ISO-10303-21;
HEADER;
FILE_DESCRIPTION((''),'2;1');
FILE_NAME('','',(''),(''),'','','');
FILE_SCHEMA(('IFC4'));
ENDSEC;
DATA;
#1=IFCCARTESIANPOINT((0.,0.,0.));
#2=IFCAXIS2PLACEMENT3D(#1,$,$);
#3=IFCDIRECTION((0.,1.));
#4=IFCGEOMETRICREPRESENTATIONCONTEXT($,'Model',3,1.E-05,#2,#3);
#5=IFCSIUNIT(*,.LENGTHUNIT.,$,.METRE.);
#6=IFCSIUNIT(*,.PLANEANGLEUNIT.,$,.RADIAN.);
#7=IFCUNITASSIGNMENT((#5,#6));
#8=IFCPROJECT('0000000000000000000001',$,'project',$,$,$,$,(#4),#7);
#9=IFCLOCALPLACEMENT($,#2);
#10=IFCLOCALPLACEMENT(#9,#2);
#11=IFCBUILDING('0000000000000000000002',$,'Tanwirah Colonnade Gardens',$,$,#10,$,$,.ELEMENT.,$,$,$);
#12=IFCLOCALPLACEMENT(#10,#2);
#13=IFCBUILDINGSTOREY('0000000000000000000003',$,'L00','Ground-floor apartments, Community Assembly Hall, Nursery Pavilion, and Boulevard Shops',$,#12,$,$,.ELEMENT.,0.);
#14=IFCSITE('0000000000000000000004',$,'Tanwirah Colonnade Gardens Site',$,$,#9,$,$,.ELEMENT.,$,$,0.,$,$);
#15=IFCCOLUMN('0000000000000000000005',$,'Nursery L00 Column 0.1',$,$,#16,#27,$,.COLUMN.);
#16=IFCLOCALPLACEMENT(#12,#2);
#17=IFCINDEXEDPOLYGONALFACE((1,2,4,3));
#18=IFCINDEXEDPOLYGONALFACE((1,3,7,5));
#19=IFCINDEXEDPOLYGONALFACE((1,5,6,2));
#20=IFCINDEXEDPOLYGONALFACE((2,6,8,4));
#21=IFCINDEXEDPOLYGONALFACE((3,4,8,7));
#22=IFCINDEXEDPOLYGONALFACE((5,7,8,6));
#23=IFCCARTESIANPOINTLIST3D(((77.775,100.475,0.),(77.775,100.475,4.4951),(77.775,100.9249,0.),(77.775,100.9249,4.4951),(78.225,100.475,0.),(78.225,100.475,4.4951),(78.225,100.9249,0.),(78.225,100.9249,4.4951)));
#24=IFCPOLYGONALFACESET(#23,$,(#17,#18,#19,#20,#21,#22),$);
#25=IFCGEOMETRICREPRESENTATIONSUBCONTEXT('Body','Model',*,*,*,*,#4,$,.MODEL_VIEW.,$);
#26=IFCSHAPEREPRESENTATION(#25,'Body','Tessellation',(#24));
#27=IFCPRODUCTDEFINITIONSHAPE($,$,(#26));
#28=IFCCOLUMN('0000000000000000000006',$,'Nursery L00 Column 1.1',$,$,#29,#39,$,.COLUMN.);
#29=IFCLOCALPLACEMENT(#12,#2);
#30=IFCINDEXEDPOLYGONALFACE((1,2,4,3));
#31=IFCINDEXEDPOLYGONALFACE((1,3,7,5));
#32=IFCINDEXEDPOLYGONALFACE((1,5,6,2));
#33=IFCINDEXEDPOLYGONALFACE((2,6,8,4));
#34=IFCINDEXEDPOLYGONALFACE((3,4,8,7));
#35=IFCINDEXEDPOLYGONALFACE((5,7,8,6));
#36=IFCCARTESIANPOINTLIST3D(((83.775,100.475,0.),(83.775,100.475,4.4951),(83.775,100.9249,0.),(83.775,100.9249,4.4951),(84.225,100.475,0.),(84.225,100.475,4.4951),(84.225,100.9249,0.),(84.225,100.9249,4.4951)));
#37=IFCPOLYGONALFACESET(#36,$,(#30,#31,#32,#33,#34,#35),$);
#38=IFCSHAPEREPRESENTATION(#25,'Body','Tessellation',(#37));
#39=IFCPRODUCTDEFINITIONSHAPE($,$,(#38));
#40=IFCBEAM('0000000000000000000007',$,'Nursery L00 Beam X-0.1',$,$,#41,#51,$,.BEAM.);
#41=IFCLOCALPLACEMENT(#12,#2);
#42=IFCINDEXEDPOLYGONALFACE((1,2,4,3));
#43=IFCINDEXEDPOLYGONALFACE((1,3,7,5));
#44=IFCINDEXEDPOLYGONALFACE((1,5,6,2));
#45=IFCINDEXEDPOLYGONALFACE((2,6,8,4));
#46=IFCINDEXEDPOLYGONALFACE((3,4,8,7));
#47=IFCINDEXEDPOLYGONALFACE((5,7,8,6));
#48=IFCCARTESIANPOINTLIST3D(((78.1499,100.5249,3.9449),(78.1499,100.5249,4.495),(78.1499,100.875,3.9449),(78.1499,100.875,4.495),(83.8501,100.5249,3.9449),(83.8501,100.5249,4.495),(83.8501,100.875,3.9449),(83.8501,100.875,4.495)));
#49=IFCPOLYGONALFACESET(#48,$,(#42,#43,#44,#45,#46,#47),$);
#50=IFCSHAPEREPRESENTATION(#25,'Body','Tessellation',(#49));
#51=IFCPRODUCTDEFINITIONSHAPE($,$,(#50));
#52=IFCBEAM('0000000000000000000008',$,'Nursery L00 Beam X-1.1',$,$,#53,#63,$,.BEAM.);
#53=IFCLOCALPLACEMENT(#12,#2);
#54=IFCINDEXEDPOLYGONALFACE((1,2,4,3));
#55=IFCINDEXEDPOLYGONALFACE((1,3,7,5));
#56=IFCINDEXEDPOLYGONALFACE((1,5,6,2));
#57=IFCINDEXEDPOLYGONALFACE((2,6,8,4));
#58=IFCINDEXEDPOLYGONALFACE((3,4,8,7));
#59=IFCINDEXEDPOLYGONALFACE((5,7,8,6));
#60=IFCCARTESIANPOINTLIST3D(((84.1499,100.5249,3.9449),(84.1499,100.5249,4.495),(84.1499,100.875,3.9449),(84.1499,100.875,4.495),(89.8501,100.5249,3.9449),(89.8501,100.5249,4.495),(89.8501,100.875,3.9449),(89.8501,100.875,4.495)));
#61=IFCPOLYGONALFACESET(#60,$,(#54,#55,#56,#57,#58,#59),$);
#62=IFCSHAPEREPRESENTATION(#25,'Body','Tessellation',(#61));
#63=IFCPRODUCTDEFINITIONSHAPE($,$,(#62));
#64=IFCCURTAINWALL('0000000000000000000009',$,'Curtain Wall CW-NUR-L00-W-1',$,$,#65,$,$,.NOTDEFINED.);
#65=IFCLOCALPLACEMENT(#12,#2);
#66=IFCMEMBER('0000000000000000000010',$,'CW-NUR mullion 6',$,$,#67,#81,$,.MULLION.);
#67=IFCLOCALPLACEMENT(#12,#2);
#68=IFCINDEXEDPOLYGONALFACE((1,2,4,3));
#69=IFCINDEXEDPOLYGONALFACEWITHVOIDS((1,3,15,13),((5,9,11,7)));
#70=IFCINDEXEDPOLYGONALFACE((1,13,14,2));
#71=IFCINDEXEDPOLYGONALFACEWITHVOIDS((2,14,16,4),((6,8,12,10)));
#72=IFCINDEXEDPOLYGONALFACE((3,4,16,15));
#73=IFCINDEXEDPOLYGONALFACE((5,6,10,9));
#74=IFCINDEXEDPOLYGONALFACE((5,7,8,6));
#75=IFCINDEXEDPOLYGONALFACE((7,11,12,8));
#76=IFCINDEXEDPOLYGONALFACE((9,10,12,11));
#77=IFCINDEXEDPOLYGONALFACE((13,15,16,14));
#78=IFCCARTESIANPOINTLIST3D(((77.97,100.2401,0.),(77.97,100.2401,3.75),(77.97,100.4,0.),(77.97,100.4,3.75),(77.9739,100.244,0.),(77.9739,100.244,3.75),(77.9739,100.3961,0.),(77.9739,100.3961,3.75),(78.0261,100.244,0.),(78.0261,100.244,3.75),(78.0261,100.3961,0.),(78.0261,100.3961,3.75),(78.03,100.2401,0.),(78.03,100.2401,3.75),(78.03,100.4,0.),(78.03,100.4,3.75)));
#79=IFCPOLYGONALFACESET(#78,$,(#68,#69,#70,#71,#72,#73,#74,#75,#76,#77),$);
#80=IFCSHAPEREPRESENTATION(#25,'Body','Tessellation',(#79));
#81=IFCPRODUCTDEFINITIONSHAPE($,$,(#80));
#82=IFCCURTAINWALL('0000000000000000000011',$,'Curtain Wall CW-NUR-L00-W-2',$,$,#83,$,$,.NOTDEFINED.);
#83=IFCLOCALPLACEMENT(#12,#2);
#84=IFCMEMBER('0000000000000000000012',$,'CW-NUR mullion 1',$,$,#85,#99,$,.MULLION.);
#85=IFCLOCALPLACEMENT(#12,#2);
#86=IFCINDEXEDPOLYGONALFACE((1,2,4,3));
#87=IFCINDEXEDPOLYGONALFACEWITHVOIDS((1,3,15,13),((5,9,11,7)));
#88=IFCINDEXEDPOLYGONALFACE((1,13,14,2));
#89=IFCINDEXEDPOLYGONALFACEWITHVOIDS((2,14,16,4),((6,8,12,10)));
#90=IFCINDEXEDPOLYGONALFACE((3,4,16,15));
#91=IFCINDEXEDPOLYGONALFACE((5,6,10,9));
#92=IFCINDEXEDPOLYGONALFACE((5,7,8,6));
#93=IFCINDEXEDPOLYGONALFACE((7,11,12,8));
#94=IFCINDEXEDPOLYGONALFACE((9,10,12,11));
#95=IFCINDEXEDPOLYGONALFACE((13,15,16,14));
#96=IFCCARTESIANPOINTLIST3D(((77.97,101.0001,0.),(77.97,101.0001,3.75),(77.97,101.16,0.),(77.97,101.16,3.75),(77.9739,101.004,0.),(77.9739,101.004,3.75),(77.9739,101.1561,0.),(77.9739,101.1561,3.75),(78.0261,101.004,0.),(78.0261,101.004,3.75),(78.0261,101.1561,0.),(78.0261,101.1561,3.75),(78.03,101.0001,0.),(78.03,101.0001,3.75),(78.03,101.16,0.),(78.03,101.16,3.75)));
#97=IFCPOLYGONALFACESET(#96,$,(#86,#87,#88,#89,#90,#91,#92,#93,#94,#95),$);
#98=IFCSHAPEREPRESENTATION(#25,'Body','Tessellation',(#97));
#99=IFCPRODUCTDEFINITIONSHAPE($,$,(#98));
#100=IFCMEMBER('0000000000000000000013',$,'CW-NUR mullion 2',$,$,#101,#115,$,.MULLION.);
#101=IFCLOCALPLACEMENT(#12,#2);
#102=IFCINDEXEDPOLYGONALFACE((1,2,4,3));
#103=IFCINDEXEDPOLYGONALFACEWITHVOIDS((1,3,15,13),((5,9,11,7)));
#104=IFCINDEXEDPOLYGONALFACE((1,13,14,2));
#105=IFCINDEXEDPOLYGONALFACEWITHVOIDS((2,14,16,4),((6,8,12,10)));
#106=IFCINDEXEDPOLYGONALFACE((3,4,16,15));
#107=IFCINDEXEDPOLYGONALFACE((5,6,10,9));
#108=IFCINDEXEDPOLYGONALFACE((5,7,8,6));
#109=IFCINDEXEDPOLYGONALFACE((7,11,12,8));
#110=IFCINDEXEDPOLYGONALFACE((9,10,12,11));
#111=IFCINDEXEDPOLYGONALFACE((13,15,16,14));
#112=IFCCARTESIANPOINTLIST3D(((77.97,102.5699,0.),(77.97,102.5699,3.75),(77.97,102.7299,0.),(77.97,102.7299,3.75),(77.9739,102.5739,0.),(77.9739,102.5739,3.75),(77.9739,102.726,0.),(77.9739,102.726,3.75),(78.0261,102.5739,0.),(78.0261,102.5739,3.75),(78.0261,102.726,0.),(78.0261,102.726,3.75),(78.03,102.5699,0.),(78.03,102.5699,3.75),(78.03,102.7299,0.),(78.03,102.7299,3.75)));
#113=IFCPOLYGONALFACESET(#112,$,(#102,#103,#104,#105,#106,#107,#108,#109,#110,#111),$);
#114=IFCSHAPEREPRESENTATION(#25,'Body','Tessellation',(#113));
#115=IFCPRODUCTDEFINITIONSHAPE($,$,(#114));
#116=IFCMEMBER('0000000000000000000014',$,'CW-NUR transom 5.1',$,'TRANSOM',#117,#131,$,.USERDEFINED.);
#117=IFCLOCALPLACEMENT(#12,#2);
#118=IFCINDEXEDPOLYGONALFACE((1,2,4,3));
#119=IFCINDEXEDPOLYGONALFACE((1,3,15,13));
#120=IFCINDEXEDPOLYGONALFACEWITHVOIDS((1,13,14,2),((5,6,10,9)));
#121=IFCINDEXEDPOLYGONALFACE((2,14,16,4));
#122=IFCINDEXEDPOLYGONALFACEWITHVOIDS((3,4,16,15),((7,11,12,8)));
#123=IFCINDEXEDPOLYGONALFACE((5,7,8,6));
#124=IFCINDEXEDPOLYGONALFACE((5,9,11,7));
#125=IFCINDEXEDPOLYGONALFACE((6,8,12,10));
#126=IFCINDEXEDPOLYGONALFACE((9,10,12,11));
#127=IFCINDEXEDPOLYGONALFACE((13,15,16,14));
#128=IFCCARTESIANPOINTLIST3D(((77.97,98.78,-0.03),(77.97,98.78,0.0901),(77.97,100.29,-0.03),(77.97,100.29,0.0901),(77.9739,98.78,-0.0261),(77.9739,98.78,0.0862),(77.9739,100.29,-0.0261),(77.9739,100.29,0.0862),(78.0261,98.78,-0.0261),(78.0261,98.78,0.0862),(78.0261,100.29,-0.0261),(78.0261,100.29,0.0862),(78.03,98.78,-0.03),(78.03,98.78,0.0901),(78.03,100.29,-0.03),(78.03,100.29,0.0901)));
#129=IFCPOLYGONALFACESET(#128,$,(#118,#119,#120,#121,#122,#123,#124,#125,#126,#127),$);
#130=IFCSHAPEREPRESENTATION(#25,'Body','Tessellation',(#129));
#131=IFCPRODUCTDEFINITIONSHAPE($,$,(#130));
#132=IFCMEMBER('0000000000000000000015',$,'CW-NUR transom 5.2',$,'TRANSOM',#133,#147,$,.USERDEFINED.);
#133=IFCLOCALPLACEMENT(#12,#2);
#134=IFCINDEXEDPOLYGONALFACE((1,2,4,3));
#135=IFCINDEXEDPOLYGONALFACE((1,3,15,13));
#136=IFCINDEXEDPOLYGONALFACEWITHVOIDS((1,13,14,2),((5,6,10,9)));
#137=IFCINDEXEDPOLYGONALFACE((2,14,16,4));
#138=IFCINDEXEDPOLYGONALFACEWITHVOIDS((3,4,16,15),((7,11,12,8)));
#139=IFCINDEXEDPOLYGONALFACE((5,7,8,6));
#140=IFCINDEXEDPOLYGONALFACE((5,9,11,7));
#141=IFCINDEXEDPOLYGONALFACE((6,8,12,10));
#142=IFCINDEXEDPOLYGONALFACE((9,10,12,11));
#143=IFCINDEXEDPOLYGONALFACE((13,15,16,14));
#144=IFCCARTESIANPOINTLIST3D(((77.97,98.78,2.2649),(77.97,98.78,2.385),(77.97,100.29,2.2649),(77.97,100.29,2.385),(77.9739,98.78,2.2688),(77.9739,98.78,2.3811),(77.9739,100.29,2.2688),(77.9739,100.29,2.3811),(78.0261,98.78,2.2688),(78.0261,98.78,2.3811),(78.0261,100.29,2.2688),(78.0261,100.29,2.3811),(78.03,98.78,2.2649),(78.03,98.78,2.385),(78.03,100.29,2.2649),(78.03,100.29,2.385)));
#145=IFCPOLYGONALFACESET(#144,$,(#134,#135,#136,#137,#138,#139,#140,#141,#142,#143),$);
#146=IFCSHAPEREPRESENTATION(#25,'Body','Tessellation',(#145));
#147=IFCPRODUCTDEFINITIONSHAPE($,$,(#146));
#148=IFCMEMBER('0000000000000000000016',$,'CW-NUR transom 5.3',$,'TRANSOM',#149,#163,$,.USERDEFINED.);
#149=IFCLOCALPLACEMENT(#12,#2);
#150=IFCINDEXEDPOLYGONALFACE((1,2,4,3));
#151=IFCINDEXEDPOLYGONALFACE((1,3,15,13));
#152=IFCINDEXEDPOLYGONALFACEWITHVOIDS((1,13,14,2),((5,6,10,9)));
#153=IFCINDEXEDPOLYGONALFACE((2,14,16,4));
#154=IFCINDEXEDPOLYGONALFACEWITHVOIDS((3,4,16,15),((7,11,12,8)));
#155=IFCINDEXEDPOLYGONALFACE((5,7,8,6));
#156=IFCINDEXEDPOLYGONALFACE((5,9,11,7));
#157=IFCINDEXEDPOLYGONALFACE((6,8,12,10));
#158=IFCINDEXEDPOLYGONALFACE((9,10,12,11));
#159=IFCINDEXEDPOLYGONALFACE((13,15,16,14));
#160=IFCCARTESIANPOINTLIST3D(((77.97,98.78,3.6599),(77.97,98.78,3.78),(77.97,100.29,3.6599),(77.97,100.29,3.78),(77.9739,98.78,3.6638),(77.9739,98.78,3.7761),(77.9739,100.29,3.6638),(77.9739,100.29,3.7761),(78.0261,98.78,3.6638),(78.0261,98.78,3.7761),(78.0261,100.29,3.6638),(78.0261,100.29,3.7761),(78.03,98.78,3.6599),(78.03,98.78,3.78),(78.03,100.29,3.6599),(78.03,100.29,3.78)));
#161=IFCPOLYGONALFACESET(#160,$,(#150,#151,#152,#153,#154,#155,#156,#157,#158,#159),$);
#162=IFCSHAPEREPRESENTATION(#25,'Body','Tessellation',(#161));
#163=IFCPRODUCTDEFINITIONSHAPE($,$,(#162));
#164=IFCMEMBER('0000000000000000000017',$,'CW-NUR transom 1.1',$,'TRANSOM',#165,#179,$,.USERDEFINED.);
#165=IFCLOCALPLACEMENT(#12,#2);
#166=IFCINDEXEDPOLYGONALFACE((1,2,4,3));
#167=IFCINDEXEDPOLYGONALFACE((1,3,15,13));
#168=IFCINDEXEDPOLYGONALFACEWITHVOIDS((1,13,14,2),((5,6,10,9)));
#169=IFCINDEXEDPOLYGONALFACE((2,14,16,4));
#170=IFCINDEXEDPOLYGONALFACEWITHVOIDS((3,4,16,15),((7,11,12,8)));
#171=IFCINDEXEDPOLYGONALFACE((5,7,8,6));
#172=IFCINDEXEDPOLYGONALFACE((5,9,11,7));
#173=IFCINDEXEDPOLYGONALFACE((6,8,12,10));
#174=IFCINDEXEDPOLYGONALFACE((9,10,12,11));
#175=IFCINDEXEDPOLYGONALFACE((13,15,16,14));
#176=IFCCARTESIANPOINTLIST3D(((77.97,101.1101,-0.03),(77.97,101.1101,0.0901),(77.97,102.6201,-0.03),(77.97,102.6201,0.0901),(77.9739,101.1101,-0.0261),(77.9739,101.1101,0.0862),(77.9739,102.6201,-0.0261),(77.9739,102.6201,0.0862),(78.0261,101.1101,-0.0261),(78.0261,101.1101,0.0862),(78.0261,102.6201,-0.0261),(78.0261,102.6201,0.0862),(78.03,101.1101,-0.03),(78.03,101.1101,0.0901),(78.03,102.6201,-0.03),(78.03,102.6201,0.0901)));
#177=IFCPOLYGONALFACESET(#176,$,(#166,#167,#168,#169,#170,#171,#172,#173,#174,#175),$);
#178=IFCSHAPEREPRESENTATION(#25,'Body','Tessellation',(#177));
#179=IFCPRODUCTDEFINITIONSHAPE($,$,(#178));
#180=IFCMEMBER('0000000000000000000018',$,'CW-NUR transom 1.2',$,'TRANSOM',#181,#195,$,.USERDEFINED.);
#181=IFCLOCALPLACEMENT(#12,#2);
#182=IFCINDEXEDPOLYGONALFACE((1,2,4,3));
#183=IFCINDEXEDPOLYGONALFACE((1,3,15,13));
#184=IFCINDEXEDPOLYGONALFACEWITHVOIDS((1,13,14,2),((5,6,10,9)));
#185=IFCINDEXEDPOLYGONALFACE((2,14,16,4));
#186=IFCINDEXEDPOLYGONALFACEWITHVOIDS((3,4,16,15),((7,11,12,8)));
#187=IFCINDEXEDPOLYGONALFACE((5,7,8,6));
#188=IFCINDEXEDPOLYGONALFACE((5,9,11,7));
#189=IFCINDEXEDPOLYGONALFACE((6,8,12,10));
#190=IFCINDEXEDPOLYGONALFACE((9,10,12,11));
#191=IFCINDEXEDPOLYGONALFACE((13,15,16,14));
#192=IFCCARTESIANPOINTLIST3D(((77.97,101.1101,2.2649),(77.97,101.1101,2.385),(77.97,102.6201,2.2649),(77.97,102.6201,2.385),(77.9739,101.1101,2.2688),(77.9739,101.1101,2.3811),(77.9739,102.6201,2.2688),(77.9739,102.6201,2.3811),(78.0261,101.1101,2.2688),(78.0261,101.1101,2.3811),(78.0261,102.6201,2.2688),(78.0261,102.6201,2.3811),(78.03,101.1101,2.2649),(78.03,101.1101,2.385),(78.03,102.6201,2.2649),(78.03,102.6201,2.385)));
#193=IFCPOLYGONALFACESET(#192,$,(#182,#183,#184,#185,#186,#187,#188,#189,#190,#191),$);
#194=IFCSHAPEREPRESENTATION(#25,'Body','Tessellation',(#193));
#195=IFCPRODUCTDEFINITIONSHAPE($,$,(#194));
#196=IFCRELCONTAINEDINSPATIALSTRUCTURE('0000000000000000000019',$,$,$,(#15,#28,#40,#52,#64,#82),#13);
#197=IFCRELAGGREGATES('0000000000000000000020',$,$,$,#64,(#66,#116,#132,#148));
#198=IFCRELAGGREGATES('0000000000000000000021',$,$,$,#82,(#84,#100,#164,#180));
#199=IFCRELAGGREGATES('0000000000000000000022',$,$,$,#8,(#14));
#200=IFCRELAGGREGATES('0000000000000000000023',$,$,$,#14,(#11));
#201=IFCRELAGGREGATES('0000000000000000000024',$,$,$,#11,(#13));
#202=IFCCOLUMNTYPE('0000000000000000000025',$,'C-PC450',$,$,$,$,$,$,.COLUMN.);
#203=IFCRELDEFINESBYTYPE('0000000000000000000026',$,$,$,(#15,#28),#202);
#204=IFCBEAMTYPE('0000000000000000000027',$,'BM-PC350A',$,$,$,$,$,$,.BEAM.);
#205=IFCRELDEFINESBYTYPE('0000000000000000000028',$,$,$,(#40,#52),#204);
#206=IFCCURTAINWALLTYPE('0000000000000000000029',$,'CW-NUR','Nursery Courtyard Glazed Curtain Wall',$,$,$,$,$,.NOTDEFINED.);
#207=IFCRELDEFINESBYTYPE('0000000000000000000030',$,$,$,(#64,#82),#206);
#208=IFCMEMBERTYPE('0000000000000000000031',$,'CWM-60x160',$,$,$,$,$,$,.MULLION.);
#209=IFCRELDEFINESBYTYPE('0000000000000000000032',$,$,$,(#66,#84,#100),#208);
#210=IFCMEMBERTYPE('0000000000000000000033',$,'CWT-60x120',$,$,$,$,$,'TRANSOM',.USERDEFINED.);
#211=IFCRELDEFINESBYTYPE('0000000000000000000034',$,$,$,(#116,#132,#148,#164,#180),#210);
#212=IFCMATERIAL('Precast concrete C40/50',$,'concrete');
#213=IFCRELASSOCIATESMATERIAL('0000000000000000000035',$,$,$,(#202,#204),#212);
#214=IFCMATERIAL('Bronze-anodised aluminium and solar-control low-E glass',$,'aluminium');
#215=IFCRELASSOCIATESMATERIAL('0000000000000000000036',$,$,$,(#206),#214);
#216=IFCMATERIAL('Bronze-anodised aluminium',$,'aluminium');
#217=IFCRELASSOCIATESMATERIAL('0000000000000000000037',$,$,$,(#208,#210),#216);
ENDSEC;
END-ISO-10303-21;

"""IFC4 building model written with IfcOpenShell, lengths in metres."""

from ifc_helpers import new_model, si_unit, direction, frame, origin, origin_2d, place, context, subcontext, project, spatial, rectangle, hollow_rectangle, extrude, material, material_profile, profile_set, type_object, element, aggregate, save


model = new_model("IFC4")

# Units and contexts
model_context = context("Model", 3, precision=1e-05, world=origin(), true_north=direction((0.0, 1.0)))
body_context = subcontext(model_context, "Body", "Model", "MODEL_VIEW")
ifc_project = project(units=[si_unit("LENGTHUNIT", "METRE"), si_unit("PLANEANGLEUNIT", "RADIAN")], contexts=[model_context])

# Site, building, storey
site_placement = place(None, origin())
site = spatial("IfcSite", under=ifc_project, at=site_placement, Name="Tanwirah Colonnade Gardens Site", CompositionType="ELEMENT", RefElevation=0.0)
building_placement = place(site_placement, origin())
building = spatial("IfcBuilding", under=site, at=building_placement, Name="Tanwirah Colonnade Gardens", CompositionType="ELEMENT")
storey_placement = place(building_placement, origin())
storey = spatial("IfcBuildingStorey", under=building, at=storey_placement, Name="L00", Description="Ground-floor apartments, Community Assembly Hall, Nursery Pavilion, and Boulevard Shops", CompositionType="ELEMENT", Elevation=0.0)

# Columns
ifc_material_1 = material(Name="Precast concrete C40/50", Category="concrete")
ifc_material_profile_1 = material_profile(ifc_material_1, rectangle(XDim=0.45, YDim=0.45, at=origin_2d()), Name="PC-COL 450x450")
ifc_profile_set_1 = profile_set([ifc_material_profile_1], Name="Precast concrete C40/50")
column_type = type_object("IfcColumnType", Name="C-PC450", PredefinedType="COLUMN", material=ifc_profile_set_1)
for number, where, z_axis, x_axis, name in (
    (1, (78.0, 100.7, 0.0), (0.0, 0.0, 1.0), (1.0, 0.0, 0.0), "Nursery L00 Column 0.1"),
    (2, (84.0, 100.7, 0.0), (0.0, 0.0, 1.0), (1.0, 0.0, 0.0), "Nursery L00 Column 1.1"),
):
    element("IfcColumn", number, at=place(storey_placement, frame(where, z_axis=z_axis, x_axis=x_axis)), inside=storey, type_object=column_type, Name=name, PredefinedType="COLUMN", context=body_context, shape_type="SweptSolid", body=[
        extrude(rectangle(XDim=0.45, YDim=0.45, at=origin_2d()), origin(), (0.0, 0.0, 1.0), 4.4951),
    ])

# Beams
ifc_material_profile_2 = material_profile(ifc_material_1, rectangle(XDim=0.3501, YDim=0.55, at=origin_2d()), Name="PC-BM 350x550")
ifc_profile_set_2 = profile_set([ifc_material_profile_2], Name="Precast concrete C40/50")
beam_type = type_object("IfcBeamType", Name="BM-PC350A", PredefinedType="BEAM", material=ifc_profile_set_2)
for number, where, z_axis, x_axis, name in (
    (3, (78.1499, 100.7, 4.22), (1.0, 0.0, 0.0), (0.0, 1.0, 0.0), "Nursery L00 Beam X-0.1"),
    (4, (84.1499, 100.7, 4.22), (1.0, 0.0, 0.0), (0.0, 1.0, 0.0), "Nursery L00 Beam X-1.1"),
):
    element("IfcBeam", number, at=place(storey_placement, frame(where, z_axis=z_axis, x_axis=x_axis)), inside=storey, type_object=beam_type, Name=name, PredefinedType="BEAM", context=body_context, shape_type="SweptSolid", body=[
        extrude(rectangle(XDim=0.3501, YDim=0.55, at=origin_2d()), origin(), (0.0, 0.0, 1.0), 5.7002),
    ])

# Curtain wall, member
ifc_material_2 = material(Name="Bronze-anodised aluminium and solar-control low-E glass", Category="aluminium")
curtain_wall_type = type_object("IfcCurtainWallType", Name="CW-NUR", Description="Nursery Courtyard Glazed Curtain Wall", PredefinedType="NOTDEFINED", material=ifc_material_2)
curtain_wall_1_placement = place(storey_placement, origin())
curtain_wall_1 = element("IfcCurtainWall", 5, at=curtain_wall_1_placement, inside=storey, type_object=curtain_wall_type, Name="Curtain Wall CW-NUR-L00-W-1", PredefinedType="NOTDEFINED")
ifc_material_3 = material(Name="Bronze-anodised aluminium", Category="aluminium")
ifc_material_profile_3 = material_profile(ifc_material_3, hollow_rectangle(XDim=0.0601, YDim=0.1599, WallThickness=0.0039, at=origin_2d()), Name="CW-MUL 60x160x4")
ifc_profile_set_3 = profile_set([ifc_material_profile_3], Name="Bronze-anodised aluminium")
member_type_1 = type_object("IfcMemberType", Name="CWM-60x160", PredefinedType="MULLION", material=ifc_profile_set_3)
member_1_placement = place(storey_placement, frame((78.0, 100.3201, 0.0), z_axis=(0.0, 0.0, 1.0), x_axis=(-1.0, 0.0, 0.0)))
member_1 = element("IfcMember", 6, at=member_1_placement, type_object=member_type_1, Name="CW-NUR mullion 6", PredefinedType="MULLION", context=body_context, shape_type="SweptSolid", body=[
    extrude(hollow_rectangle(XDim=0.0601, YDim=0.1599, WallThickness=0.0039, at=origin_2d()), origin(), (0.0, 0.0, 1.0), 3.75),
])

# Curtain wall, members
curtain_wall_2_placement = place(storey_placement, origin())
curtain_wall_2 = element("IfcCurtainWall", 7, at=curtain_wall_2_placement, inside=storey, type_object=curtain_wall_type, Name="Curtain Wall CW-NUR-L00-W-2", PredefinedType="NOTDEFINED")
member_2_placement = place(storey_placement, frame((78.0, 101.0801, 0.0), z_axis=(0.0, 0.0, 1.0), x_axis=(-1.0, 0.0, 0.0)))
member_2 = element("IfcMember", 8, at=member_2_placement, type_object=member_type_1, Name="CW-NUR mullion 1", PredefinedType="MULLION", context=body_context, shape_type="SweptSolid", body=[
    extrude(hollow_rectangle(XDim=0.0601, YDim=0.1599, WallThickness=0.0039, at=origin_2d()), origin(), (0.0, 0.0, 1.0), 3.75),
])
member_3_placement = place(storey_placement, frame((78.0, 102.6499, 0.0), z_axis=(0.0, 0.0, 1.0), x_axis=(-1.0, 0.0, 0.0)))
member_3 = element("IfcMember", 9, at=member_3_placement, type_object=member_type_1, Name="CW-NUR mullion 2", PredefinedType="MULLION", context=body_context, shape_type="SweptSolid", body=[
    extrude(hollow_rectangle(XDim=0.0601, YDim=0.1599, WallThickness=0.0039, at=origin_2d()), origin(), (0.0, 0.0, 1.0), 3.75),
])

# Members
ifc_material_profile_4 = material_profile(ifc_material_3, hollow_rectangle(XDim=0.0601, YDim=0.1201, WallThickness=0.0039, at=origin_2d()), Name="CW-TRN 60x120x4")
ifc_profile_set_4 = profile_set([ifc_material_profile_4], Name="Bronze-anodised aluminium")
member_type_2 = type_object("IfcMemberType", Name="CWT-60x120", ElementType="TRANSOM", PredefinedType="USERDEFINED", material=ifc_profile_set_4)
member_4_placement = place(storey_placement, frame((78.0, 98.78, 0.03), z_axis=(0.0, 1.0, 0.0), x_axis=(-1.0, 0.0, 0.0)))
member_4 = element("IfcMember", 10, at=member_4_placement, type_object=member_type_2, Name="CW-NUR transom 5.1", ObjectType="TRANSOM", PredefinedType="USERDEFINED", context=body_context, shape_type="SweptSolid", body=[
    extrude(hollow_rectangle(XDim=0.0601, YDim=0.1201, WallThickness=0.0039, at=origin_2d()), origin(), (0.0, 0.0, 1.0), 1.51),
])
member_5_placement = place(storey_placement, frame((78.0, 98.78, 2.325), z_axis=(0.0, 1.0, 0.0), x_axis=(-1.0, 0.0, 0.0)))
member_5 = element("IfcMember", 11, at=member_5_placement, type_object=member_type_2, Name="CW-NUR transom 5.2", ObjectType="TRANSOM", PredefinedType="USERDEFINED", context=body_context, shape_type="SweptSolid", body=[
    extrude(hollow_rectangle(XDim=0.0601, YDim=0.1201, WallThickness=0.0039, at=origin_2d()), origin(), (0.0, 0.0, 1.0), 1.51),
])
member_6_placement = place(storey_placement, frame((78.0, 98.78, 3.72), z_axis=(0.0, 1.0, 0.0), x_axis=(-1.0, 0.0, 0.0)))
member_6 = element("IfcMember", 12, at=member_6_placement, type_object=member_type_2, Name="CW-NUR transom 5.3", ObjectType="TRANSOM", PredefinedType="USERDEFINED", context=body_context, shape_type="SweptSolid", body=[
    extrude(hollow_rectangle(XDim=0.0601, YDim=0.1201, WallThickness=0.0039, at=origin_2d()), origin(), (0.0, 0.0, 1.0), 1.51),
])
member_7_placement = place(storey_placement, frame((78.0, 101.1101, 0.03), z_axis=(0.0, 1.0, 0.0), x_axis=(-1.0, 0.0, 0.0)))
member_7 = element("IfcMember", 13, at=member_7_placement, type_object=member_type_2, Name="CW-NUR transom 1.1", ObjectType="TRANSOM", PredefinedType="USERDEFINED", context=body_context, shape_type="SweptSolid", body=[
    extrude(hollow_rectangle(XDim=0.0601, YDim=0.1201, WallThickness=0.0039, at=origin_2d()), origin(), (0.0, 0.0, 1.0), 1.51),
])
member_8_placement = place(storey_placement, frame((78.0, 101.1101, 2.325), z_axis=(0.0, 1.0, 0.0), x_axis=(-1.0, 0.0, 0.0)))
member_8 = element("IfcMember", 14, at=member_8_placement, type_object=member_type_2, Name="CW-NUR transom 1.2", ObjectType="TRANSOM", PredefinedType="USERDEFINED", context=body_context, shape_type="SweptSolid", body=[
    extrude(hollow_rectangle(XDim=0.0601, YDim=0.1201, WallThickness=0.0039, at=origin_2d()), origin(), (0.0, 0.0, 1.0), 1.51),
])

aggregate(curtain_wall_1, [member_1, member_4, member_5, member_6])
aggregate(curtain_wall_2, [member_2, member_3, member_7, member_8])

save(model, "model.ifc")
